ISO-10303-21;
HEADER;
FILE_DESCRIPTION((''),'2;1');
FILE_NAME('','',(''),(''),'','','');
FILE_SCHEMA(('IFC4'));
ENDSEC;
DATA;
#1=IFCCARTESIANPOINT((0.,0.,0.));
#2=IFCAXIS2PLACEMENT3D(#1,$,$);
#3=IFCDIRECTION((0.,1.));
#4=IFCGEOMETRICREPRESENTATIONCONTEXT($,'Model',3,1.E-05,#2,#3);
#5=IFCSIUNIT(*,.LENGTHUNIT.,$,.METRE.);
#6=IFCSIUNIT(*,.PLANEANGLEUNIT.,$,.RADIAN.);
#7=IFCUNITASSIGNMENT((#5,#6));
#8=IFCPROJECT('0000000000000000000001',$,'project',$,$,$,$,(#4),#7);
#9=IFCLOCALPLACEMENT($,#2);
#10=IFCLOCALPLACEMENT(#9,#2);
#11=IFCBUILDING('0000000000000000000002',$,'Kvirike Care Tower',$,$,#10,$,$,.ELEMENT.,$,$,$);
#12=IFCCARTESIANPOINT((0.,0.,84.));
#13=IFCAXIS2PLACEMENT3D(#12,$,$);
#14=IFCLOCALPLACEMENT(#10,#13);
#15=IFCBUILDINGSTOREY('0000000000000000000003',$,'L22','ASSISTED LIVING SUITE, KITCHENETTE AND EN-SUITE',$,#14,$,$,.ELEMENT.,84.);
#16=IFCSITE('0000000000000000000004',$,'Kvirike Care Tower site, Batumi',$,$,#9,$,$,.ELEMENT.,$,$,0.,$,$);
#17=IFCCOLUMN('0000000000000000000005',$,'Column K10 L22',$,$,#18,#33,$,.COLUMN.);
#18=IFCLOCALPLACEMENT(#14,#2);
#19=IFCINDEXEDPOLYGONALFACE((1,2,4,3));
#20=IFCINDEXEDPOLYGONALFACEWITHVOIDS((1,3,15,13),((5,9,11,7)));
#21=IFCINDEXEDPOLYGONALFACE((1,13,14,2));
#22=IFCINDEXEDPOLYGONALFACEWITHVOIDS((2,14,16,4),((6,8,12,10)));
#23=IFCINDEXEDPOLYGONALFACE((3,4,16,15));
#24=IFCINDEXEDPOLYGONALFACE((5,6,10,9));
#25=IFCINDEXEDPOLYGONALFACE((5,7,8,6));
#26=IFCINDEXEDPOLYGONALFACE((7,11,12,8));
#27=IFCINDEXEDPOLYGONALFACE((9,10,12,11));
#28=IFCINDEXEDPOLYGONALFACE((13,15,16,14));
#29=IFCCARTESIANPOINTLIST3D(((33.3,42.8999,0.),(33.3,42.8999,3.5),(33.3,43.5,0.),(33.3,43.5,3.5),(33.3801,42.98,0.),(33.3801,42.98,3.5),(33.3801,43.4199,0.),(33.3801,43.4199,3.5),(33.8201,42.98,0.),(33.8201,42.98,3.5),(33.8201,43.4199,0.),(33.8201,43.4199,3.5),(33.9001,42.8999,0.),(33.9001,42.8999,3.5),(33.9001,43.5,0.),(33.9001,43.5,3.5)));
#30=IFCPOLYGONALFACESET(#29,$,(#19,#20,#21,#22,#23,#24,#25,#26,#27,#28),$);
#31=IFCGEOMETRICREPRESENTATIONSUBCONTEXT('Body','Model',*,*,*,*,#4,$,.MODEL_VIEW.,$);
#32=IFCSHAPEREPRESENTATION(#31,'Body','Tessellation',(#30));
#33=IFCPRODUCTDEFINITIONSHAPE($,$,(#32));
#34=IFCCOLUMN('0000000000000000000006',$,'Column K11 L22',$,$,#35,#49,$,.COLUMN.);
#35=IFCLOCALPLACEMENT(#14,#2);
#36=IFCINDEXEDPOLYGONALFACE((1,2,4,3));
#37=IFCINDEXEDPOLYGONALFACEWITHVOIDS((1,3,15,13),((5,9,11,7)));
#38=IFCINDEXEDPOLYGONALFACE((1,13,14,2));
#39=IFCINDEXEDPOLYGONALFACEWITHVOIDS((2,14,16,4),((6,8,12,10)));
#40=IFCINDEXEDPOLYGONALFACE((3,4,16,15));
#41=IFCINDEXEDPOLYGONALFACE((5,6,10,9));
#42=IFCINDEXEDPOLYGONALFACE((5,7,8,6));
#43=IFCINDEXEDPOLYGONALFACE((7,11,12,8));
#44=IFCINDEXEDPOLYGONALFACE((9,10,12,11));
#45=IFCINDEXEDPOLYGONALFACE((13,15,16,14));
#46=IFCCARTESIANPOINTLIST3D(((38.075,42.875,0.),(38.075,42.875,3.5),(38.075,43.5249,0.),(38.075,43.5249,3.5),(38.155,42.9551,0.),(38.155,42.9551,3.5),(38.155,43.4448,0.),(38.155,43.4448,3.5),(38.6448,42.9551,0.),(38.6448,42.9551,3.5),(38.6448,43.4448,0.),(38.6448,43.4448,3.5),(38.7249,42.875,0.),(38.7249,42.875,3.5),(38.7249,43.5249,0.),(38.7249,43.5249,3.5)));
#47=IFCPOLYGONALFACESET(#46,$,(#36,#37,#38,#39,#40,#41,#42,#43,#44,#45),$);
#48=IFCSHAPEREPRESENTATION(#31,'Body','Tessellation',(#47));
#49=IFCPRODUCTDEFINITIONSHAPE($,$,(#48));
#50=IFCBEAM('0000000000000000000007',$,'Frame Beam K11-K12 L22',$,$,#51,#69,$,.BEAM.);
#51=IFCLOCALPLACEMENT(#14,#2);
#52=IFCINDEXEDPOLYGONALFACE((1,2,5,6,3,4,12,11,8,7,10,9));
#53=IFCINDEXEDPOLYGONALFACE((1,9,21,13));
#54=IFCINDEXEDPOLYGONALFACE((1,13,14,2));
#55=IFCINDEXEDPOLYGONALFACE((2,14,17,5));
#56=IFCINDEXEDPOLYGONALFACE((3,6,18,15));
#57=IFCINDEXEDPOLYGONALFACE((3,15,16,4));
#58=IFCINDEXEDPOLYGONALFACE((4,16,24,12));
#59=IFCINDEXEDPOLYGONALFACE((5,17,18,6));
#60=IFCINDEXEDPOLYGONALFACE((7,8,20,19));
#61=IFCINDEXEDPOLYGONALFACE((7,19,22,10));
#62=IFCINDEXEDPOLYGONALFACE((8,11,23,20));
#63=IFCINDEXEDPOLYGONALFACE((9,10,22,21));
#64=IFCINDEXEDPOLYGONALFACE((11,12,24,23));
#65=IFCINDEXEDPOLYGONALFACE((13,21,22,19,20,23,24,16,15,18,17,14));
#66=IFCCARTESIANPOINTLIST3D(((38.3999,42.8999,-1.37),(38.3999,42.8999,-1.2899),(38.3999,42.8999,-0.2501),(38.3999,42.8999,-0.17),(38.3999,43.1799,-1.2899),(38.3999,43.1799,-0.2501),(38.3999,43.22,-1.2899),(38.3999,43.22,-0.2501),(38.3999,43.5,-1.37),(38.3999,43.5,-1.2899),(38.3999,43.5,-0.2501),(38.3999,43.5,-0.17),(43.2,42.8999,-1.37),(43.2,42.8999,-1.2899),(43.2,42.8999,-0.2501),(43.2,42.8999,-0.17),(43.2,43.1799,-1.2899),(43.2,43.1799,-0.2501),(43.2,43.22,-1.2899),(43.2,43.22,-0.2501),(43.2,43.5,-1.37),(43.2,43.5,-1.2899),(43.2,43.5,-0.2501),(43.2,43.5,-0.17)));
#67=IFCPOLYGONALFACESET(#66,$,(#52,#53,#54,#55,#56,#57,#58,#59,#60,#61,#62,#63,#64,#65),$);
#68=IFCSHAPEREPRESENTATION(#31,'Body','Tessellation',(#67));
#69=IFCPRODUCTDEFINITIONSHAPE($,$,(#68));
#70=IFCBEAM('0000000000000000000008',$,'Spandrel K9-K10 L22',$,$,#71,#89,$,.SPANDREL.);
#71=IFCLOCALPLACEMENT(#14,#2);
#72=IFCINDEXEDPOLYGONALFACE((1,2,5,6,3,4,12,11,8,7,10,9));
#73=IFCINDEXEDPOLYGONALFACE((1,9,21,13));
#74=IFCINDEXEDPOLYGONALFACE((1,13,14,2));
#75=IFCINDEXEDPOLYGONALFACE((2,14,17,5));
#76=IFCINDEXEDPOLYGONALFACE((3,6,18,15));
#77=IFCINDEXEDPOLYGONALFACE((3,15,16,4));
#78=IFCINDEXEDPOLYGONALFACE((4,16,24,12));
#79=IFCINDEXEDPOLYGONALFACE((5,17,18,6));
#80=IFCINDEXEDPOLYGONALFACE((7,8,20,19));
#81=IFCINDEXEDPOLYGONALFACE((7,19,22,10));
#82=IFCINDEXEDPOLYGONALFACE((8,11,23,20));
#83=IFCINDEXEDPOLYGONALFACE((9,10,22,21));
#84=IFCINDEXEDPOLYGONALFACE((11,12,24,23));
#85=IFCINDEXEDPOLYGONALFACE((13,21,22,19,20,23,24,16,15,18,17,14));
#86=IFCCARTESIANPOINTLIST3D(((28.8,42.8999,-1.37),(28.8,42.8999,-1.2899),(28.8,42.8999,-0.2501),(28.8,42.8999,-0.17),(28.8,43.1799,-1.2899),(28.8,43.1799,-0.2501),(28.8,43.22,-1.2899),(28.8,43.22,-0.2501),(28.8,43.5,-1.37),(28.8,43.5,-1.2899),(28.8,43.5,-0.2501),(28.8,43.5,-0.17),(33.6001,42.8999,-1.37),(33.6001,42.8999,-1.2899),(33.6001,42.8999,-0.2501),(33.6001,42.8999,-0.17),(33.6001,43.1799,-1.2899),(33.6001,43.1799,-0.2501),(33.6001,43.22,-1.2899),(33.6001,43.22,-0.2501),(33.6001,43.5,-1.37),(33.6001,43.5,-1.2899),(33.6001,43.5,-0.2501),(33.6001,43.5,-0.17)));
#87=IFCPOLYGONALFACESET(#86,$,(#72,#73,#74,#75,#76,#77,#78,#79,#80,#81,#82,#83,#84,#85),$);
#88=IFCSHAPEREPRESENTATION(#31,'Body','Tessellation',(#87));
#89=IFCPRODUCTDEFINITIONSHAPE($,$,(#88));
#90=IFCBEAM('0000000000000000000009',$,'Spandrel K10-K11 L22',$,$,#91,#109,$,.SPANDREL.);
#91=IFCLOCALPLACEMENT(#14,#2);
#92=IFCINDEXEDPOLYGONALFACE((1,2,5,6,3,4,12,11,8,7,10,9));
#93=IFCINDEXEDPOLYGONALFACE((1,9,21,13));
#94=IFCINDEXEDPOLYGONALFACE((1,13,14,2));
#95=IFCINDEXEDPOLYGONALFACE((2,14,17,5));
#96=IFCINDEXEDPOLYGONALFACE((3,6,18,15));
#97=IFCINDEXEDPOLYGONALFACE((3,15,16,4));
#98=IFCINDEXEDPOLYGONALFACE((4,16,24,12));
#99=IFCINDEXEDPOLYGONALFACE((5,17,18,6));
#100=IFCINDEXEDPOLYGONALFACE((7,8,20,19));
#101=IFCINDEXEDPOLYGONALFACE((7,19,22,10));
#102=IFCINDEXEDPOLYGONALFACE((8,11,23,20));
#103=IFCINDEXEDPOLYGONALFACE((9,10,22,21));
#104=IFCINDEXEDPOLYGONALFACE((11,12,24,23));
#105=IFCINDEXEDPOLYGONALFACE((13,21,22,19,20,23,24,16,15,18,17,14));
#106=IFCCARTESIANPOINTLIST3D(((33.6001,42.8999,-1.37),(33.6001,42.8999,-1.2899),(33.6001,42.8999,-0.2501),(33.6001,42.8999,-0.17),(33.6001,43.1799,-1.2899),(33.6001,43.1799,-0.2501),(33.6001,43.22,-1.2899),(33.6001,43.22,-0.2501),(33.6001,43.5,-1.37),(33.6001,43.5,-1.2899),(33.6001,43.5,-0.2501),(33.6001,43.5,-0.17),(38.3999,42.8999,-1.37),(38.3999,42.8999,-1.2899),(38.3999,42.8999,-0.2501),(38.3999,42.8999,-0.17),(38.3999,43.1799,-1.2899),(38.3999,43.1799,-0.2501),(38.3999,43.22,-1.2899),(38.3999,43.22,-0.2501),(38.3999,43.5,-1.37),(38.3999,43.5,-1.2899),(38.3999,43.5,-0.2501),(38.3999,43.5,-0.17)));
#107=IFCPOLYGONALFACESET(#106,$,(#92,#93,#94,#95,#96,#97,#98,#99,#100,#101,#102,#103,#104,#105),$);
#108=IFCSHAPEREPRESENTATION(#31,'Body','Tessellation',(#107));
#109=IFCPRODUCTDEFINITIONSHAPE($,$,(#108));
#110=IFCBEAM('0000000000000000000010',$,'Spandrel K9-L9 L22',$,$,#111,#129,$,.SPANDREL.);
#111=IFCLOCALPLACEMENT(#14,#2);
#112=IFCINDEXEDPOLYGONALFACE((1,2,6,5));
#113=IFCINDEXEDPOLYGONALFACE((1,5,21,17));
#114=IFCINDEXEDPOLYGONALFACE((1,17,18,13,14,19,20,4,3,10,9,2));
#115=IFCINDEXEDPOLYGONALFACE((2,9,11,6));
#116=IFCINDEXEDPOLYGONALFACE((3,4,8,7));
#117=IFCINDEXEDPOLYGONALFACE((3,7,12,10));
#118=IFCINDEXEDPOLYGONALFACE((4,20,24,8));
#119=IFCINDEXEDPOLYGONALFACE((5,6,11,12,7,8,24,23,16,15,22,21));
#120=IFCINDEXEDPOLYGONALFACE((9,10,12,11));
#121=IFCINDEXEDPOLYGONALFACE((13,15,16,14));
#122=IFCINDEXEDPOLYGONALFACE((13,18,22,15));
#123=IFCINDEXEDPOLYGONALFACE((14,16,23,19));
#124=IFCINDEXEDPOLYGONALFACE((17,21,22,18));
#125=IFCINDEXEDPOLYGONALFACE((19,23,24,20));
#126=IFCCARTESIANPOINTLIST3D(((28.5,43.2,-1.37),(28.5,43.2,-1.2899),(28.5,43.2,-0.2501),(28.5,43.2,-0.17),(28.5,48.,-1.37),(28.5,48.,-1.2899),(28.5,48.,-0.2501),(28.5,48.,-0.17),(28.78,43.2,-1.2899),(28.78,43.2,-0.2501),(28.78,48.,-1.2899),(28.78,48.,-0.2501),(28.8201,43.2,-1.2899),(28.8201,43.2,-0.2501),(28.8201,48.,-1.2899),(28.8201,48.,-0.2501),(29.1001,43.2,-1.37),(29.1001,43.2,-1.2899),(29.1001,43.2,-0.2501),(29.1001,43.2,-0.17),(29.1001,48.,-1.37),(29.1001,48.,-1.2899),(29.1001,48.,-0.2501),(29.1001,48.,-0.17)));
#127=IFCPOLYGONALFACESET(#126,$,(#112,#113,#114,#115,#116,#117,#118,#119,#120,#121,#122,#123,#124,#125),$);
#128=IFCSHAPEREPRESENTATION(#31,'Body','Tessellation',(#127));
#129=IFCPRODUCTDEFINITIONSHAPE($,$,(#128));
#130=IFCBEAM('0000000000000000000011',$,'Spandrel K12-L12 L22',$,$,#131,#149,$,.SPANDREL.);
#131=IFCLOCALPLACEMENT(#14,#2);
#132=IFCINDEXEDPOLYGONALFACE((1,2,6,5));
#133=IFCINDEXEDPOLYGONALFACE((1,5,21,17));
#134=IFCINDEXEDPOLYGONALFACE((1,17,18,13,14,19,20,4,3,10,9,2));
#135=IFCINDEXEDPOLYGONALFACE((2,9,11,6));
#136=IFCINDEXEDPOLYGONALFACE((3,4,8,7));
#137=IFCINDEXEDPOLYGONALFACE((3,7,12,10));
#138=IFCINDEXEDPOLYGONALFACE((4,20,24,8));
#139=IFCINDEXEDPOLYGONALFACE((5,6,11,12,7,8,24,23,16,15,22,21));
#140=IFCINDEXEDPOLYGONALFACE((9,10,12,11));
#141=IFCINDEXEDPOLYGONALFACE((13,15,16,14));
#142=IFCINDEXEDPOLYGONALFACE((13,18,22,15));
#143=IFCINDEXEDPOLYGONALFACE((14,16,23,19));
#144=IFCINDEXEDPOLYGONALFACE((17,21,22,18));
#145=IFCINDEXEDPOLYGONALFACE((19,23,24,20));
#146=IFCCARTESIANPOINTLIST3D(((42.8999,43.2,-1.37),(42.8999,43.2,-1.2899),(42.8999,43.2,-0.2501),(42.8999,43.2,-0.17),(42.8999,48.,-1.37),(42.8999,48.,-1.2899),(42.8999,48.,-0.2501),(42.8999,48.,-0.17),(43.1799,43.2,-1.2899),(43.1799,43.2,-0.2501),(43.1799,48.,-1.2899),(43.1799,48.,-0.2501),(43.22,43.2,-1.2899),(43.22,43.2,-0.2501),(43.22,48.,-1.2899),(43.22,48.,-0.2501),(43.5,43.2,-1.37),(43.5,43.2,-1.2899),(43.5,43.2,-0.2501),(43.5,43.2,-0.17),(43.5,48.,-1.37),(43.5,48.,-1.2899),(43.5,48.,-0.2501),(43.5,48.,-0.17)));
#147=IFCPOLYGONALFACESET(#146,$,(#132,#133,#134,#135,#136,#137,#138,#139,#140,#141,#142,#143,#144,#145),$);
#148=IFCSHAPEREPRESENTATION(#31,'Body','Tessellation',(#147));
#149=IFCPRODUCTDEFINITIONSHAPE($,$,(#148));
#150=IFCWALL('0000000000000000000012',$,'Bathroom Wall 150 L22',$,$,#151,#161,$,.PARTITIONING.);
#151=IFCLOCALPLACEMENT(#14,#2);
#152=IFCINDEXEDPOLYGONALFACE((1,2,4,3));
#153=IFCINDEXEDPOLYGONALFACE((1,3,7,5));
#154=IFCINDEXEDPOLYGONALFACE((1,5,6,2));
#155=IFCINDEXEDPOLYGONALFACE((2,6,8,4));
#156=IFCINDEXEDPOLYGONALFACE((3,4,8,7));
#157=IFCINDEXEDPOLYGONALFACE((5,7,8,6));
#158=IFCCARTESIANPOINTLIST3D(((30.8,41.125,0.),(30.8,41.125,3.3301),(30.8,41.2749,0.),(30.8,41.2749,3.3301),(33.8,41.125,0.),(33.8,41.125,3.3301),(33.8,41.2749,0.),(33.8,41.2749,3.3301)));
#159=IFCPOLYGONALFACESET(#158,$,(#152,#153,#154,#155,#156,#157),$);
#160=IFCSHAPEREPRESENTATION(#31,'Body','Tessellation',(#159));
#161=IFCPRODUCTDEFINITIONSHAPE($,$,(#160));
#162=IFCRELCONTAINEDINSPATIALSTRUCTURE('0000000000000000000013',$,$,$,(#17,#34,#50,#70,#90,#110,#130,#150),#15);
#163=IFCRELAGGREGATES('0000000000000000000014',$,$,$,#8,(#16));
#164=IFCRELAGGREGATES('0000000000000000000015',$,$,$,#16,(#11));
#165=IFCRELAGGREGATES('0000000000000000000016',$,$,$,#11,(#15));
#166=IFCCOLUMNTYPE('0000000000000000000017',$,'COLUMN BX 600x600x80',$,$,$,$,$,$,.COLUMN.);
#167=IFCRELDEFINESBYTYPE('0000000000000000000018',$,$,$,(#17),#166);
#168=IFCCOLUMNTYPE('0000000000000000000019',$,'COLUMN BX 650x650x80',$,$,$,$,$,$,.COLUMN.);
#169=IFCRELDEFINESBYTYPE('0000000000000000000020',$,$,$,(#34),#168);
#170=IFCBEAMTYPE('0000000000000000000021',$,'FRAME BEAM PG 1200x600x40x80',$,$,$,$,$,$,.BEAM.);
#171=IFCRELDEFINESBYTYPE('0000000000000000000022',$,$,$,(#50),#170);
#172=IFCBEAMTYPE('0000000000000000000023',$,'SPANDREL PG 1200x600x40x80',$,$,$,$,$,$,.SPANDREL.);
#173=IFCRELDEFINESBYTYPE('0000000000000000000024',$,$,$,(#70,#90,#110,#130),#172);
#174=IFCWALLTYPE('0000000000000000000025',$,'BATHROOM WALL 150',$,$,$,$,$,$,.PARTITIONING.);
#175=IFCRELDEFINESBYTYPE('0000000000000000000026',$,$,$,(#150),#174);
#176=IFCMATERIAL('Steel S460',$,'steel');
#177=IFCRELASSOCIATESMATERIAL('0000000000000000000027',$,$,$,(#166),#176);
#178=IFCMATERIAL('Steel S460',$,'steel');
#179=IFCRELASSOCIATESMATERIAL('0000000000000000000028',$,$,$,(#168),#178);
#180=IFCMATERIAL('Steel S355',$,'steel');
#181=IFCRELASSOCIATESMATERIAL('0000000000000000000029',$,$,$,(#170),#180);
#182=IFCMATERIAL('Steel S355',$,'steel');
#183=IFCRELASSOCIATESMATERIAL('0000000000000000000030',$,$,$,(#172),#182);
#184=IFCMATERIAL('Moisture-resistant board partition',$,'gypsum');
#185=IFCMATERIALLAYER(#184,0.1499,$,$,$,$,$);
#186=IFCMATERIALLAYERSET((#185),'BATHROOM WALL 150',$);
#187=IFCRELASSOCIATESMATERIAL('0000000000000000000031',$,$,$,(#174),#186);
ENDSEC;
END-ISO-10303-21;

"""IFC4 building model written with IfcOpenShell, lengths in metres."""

from ifc_helpers import new_model, si_unit, direction, frame, frame_2d, origin, origin_2d, place, context, subcontext, project, spatial, rectangle, hollow_rectangle, i_section, extrude, material, layer, layer_set, material_profile, profile_set, type_object, element, save


model = new_model("IFC4")

# Units and contexts
model_context = context("Model", 3, precision=1e-05, world=origin(), true_north=direction((0.0, 1.0)))
body_context = subcontext(model_context, "Body", "Model", "MODEL_VIEW")
ifc_project = project(units=[si_unit("LENGTHUNIT", "METRE"), si_unit("PLANEANGLEUNIT", "RADIAN")], contexts=[model_context])

# Site, building, storey
site_placement = place(None, origin())
site = spatial("IfcSite", under=ifc_project, at=site_placement, Name="Kvirike Care Tower site, Batumi", CompositionType="ELEMENT", RefElevation=0.0)
building_placement = place(site_placement, origin())
building = spatial("IfcBuilding", under=site, at=building_placement, Name="Kvirike Care Tower", CompositionType="ELEMENT")
storey_placement = place(building_placement, frame((0.0, 0.0, 84.0)))
storey = spatial("IfcBuildingStorey", under=building, at=storey_placement, Name="L22", Description="ASSISTED LIVING SUITE, KITCHENETTE AND EN-SUITE", CompositionType="ELEMENT", Elevation=84.0)

# Columns
ifc_material_1 = material(Name="Steel S460", Category="steel")
ifc_material_profile_1 = material_profile(ifc_material_1, hollow_rectangle(XDim=0.6001, YDim=0.6001, WallThickness=0.0801, at=origin_2d()), Name="BX 600x600x80")
ifc_profile_set_1 = profile_set([ifc_material_profile_1], Name="Steel S460")
column_type_1 = type_object("IfcColumnType", Name="COLUMN BX 600x600x80", PredefinedType="COLUMN", material=ifc_profile_set_1)
column_1_placement = place(storey_placement, frame((33.6001, 43.2, 0.0), z_axis=(0.0, 0.0, 1.0), x_axis=(0.0, 1.0, 0.0)))
element("IfcColumn", 1, at=column_1_placement, inside=storey, type_object=column_type_1, Name="Column K10 L22", PredefinedType="COLUMN", context=body_context, shape_type="SweptSolid", body=[
    extrude(hollow_rectangle(XDim=0.6001, YDim=0.6001, WallThickness=0.0801, at=origin_2d()), origin(), (0.0, 0.0, 1.0), 3.5),
])
ifc_material_2 = material(Name="Steel S460", Category="steel")
ifc_material_profile_2 = material_profile(ifc_material_2, hollow_rectangle(XDim=0.6499, YDim=0.6499, WallThickness=0.0801, at=origin_2d()), Name="BX 650x650x80")
ifc_profile_set_2 = profile_set([ifc_material_profile_2], Name="Steel S460")
column_type_2 = type_object("IfcColumnType", Name="COLUMN BX 650x650x80", PredefinedType="COLUMN", material=ifc_profile_set_2)
column_2_placement = place(storey_placement, frame((38.3999, 43.2, 0.0), z_axis=(0.0, 0.0, 1.0), x_axis=(0.0, 1.0, 0.0)))
element("IfcColumn", 2, at=column_2_placement, inside=storey, type_object=column_type_2, Name="Column K11 L22", PredefinedType="COLUMN", context=body_context, shape_type="SweptSolid", body=[
    extrude(hollow_rectangle(XDim=0.6499, YDim=0.6499, WallThickness=0.0801, at=origin_2d()), origin(), (0.0, 0.0, 1.0), 3.5),
])

# Beams
ifc_material_3 = material(Name="Steel S355", Category="steel")
ifc_material_profile_3 = material_profile(ifc_material_3, i_section(OverallWidth=0.6001, OverallDepth=1.2, WebThickness=0.04, FlangeThickness=0.0801, at=origin_2d()), Name="PG 1200x600x40x80")
ifc_profile_set_3 = profile_set([ifc_material_profile_3], Name="Steel S355")
beam_type_1 = type_object("IfcBeamType", Name="FRAME BEAM PG 1200x600x40x80", PredefinedType="BEAM", material=ifc_profile_set_3)
beam_1_placement = place(storey_placement, frame((38.3999, 43.2, -0.77), z_axis=(1.0, 0.0, 0.0), x_axis=(0.0, 1.0, 0.0)))
element("IfcBeam", 3, at=beam_1_placement, inside=storey, type_object=beam_type_1, Name="Frame Beam K11-K12 L22", PredefinedType="BEAM", context=body_context, shape_type="SweptSolid", body=[
    extrude(i_section(OverallWidth=0.6001, OverallDepth=1.2, WebThickness=0.04, FlangeThickness=0.0801, at=origin_2d()), origin(), (0.0, 0.0, 1.0), 4.8),
])
ifc_material_4 = material(Name="Steel S355", Category="steel")
ifc_material_profile_4 = material_profile(ifc_material_4, i_section(OverallWidth=0.6001, OverallDepth=1.2, WebThickness=0.04, FlangeThickness=0.0801, at=origin_2d()), Name="PG 1200x600x40x80")
ifc_profile_set_4 = profile_set([ifc_material_profile_4], Name="Steel S355")
beam_type_2 = type_object("IfcBeamType", Name="SPANDREL PG 1200x600x40x80", PredefinedType="SPANDREL", material=ifc_profile_set_4)
beam_2_placement = place(storey_placement, frame((28.8, 43.2, -0.77), z_axis=(1.0, 0.0, 0.0), x_axis=(0.0, 1.0, 0.0)))
element("IfcBeam", 4, at=beam_2_placement, inside=storey, type_object=beam_type_2, Name="Spandrel K9-K10 L22", PredefinedType="SPANDREL", context=body_context, shape_type="SweptSolid", body=[
    extrude(i_section(OverallWidth=0.6001, OverallDepth=1.2, WebThickness=0.04, FlangeThickness=0.0801, at=origin_2d()), origin(), (0.0, 0.0, 1.0), 4.8),
])
beam_3_placement = place(storey_placement, frame((33.6001, 43.2, -0.77), z_axis=(1.0, 0.0, 0.0), x_axis=(0.0, 1.0, 0.0)))
element("IfcBeam", 5, at=beam_3_placement, inside=storey, type_object=beam_type_2, Name="Spandrel K10-K11 L22", PredefinedType="SPANDREL", context=body_context, shape_type="SweptSolid", body=[
    extrude(i_section(OverallWidth=0.6001, OverallDepth=1.2, WebThickness=0.04, FlangeThickness=0.0801, at=origin_2d()), origin(), (0.0, 0.0, 1.0), 4.7998),
])
for number, where, z_axis, x_axis, name in (
    (6, (28.8, 43.2, -0.77), (0.0, 1.0, 0.0), (-1.0, 0.0, 0.0), "Spandrel K9-L9 L22"),
    (7, (43.2, 43.2, -0.77), (0.0, 1.0, 0.0), (-1.0, 0.0, 0.0), "Spandrel K12-L12 L22"),
):
    element("IfcBeam", number, at=place(storey_placement, frame(where, z_axis=z_axis, x_axis=x_axis)), inside=storey, type_object=beam_type_2, Name=name, PredefinedType="SPANDREL", context=body_context, shape_type="SweptSolid", body=[
        extrude(i_section(OverallWidth=0.6001, OverallDepth=1.2, WebThickness=0.04, FlangeThickness=0.0801, at=origin_2d()), origin(), (0.0, 0.0, 1.0), 4.8),
    ])

# Wall
ifc_material_5 = material(Name="Moisture-resistant board partition", Category="gypsum")
ifc_layer_1 = layer(ifc_material_5, 0.1499)
ifc_layer_set_1 = layer_set([ifc_layer_1], Name="BATHROOM WALL 150")
wall_type_1 = type_object("IfcWallType", Name="BATHROOM WALL 150", PredefinedType="PARTITIONING", material=ifc_layer_set_1)
wall_1_placement = place(storey_placement, frame((33.8, 41.2, 0.0), z_axis=(0.0, 0.0, 1.0), x_axis=(-1.0, 0.0, 0.0)))
element("IfcWall", 8, at=wall_1_placement, inside=storey, type_object=wall_type_1, Name="Bathroom Wall 150 L22", PredefinedType="PARTITIONING", context=body_context, shape_type="SweptSolid", body=[
    extrude(rectangle(XDim=3.0, YDim=0.1499, at=frame_2d((1.5, 0.0))), origin(), (0.0, 0.0, 1.0), 3.3301),
])

save(model, "model.ifc")
